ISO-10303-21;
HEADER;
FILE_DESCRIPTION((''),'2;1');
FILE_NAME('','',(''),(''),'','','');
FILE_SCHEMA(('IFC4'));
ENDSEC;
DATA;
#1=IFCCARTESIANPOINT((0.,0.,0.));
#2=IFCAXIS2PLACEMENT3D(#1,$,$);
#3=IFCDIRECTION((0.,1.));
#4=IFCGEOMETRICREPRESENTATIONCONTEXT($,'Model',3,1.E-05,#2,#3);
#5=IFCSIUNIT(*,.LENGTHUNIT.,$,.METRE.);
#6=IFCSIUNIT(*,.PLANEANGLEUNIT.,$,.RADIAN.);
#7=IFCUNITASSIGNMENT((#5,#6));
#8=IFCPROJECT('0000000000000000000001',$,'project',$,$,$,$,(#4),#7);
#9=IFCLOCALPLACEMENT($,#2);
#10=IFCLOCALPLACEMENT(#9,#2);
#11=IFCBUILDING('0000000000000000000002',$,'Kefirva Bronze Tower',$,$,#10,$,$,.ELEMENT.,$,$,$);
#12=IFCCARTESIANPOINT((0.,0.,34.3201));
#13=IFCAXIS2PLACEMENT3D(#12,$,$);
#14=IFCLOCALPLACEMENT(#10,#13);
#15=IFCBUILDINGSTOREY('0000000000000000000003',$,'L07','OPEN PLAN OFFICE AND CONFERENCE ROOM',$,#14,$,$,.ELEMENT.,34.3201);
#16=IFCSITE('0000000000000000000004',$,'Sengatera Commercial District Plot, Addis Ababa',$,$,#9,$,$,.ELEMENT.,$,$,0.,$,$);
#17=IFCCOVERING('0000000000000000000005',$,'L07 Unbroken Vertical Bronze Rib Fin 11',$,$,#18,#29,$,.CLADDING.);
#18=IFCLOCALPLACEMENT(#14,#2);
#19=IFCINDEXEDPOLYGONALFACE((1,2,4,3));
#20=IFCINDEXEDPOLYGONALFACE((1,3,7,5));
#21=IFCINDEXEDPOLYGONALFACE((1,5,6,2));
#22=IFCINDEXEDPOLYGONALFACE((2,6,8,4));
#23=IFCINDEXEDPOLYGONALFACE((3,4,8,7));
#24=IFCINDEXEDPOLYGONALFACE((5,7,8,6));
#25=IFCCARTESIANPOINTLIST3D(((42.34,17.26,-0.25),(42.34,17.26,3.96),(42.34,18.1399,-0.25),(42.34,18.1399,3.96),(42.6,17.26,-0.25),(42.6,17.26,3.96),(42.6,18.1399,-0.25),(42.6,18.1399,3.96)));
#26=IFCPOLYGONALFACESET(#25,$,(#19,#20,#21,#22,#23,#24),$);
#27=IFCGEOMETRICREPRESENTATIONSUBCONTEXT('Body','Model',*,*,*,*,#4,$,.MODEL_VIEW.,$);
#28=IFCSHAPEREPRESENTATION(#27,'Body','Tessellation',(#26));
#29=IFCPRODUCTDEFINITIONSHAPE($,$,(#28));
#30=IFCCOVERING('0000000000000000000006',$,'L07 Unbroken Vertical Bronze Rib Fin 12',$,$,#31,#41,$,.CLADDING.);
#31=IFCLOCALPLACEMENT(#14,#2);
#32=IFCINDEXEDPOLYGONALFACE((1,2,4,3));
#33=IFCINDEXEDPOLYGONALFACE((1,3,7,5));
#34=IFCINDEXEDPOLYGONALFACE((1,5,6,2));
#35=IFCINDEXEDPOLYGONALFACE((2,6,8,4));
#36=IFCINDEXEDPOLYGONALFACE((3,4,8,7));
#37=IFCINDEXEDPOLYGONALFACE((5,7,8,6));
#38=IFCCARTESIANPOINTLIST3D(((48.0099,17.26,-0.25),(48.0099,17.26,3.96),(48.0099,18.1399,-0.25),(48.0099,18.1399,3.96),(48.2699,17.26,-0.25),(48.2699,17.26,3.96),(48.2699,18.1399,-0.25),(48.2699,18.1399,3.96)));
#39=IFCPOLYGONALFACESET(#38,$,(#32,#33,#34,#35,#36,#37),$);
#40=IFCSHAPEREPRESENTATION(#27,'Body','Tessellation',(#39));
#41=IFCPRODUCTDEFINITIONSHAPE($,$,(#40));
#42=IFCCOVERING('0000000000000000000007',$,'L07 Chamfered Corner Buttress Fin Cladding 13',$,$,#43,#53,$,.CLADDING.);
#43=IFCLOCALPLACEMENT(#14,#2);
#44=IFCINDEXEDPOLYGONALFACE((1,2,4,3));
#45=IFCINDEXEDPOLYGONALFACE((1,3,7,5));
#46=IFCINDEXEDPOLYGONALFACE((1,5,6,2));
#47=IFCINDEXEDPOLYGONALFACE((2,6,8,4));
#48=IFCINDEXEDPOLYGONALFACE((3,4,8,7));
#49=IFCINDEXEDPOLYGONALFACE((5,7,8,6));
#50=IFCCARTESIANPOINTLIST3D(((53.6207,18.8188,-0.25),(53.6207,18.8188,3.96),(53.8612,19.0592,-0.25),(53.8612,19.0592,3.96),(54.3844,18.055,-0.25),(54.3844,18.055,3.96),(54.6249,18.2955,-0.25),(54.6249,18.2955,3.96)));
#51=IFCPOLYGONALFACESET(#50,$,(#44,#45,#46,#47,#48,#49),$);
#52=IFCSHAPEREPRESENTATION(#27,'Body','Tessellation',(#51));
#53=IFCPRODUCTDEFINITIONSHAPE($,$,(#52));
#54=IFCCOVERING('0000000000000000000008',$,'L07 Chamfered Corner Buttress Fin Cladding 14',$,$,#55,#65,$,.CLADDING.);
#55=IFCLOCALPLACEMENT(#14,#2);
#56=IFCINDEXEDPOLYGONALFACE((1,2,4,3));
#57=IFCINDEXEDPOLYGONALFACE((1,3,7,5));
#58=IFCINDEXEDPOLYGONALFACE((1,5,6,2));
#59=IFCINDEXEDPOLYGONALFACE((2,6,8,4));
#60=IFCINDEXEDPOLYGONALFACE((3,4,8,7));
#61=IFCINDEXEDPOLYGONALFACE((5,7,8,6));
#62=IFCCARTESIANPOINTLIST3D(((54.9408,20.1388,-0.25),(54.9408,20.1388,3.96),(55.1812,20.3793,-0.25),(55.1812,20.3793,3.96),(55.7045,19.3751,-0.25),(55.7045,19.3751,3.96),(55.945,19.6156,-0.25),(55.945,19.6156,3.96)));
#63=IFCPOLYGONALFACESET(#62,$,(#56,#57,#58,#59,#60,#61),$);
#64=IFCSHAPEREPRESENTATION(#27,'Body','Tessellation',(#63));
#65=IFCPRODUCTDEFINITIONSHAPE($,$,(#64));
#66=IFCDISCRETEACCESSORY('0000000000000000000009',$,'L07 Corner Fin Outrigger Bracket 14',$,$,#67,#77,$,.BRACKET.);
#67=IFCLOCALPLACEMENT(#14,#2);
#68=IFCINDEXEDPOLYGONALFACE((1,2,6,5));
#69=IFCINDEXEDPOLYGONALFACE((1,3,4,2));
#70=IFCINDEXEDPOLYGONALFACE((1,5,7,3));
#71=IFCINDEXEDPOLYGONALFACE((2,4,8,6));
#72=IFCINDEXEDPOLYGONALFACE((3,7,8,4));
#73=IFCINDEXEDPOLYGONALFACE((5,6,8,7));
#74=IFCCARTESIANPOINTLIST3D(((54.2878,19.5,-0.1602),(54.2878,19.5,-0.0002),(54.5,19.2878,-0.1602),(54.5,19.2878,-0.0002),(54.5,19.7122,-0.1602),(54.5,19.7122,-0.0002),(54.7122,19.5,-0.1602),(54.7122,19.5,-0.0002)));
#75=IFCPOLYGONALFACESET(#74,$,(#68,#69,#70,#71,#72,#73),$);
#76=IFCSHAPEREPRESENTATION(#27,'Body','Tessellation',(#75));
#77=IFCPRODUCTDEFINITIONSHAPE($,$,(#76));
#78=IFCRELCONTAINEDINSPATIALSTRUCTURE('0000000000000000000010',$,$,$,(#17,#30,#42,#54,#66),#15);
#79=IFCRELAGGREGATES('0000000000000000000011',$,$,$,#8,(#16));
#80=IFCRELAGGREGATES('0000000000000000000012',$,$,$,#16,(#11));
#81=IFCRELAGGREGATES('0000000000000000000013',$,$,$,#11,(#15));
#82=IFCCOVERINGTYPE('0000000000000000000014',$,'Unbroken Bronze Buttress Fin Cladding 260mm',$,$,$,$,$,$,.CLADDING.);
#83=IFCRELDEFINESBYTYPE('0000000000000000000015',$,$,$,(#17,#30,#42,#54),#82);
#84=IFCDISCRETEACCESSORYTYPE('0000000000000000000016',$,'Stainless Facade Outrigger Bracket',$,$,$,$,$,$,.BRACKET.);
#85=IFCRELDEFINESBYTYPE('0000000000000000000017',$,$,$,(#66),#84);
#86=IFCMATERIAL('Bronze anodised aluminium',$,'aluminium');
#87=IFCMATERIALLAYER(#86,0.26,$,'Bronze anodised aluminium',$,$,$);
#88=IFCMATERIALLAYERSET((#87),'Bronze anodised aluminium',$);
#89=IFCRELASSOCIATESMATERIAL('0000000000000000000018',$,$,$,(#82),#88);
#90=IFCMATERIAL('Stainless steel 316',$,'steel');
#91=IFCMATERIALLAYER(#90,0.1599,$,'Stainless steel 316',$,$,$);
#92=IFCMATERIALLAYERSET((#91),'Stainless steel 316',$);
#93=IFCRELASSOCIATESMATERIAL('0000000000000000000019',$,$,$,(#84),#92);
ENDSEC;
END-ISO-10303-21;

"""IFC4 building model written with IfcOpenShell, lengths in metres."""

from ifc_helpers import new_model, si_unit, direction, frame, origin, origin_2d, place, context, subcontext, project, spatial, rectangle, extrude, material, layer, layer_set, type_object, element, save


model = new_model("IFC4")

# Units and contexts
model_context = context("Model", 3, precision=1e-05, world=origin(), true_north=direction((0.0, 1.0)))
body_context = subcontext(model_context, "Body", "Model", "MODEL_VIEW")
ifc_project = project(units=[si_unit("LENGTHUNIT", "METRE"), si_unit("PLANEANGLEUNIT", "RADIAN")], contexts=[model_context])

# Site, building, storey
site_placement = place(None, origin())
site = spatial("IfcSite", under=ifc_project, at=site_placement, Name="Sengatera Commercial District Plot, Addis Ababa", CompositionType="ELEMENT", RefElevation=0.0)
building_placement = place(site_placement, origin())
building = spatial("IfcBuilding", under=site, at=building_placement, Name="Kefirva Bronze Tower", CompositionType="ELEMENT")
storey_placement = place(building_placement, frame((0.0, 0.0, 34.3201)))
storey = spatial("IfcBuildingStorey", under=building, at=storey_placement, Name="L07", Description="OPEN PLAN OFFICE AND CONFERENCE ROOM", CompositionType="ELEMENT", Elevation=34.3201)

# Shared definitions
ifc_material_1 = material(Name="Bronze anodised aluminium", Category="aluminium")

# Coverings
ifc_layer_1 = layer(ifc_material_1, 0.26, Name="Bronze anodised aluminium")
ifc_layer_set_1 = layer_set([ifc_layer_1], Name="Bronze anodised aluminium")
covering_type_1 = type_object("IfcCoveringType", Name="Unbroken Bronze Buttress Fin Cladding 260mm", PredefinedType="CLADDING", material=ifc_layer_set_1)
for number, where, z_axis, x_axis, name in (
    (1, (42.47, 17.7, -0.25), (0.0, 0.0, 1.0), (1.0, 0.0, 0.0), "L07 Unbroken Vertical Bronze Rib Fin 11"),
    (2, (48.1399, 17.7, -0.25), (0.0, 0.0, 1.0), (1.0, 0.0, 0.0), "L07 Unbroken Vertical Bronze Rib Fin 12"),
):
    element("IfcCovering", number, at=place(storey_placement, frame(where, z_axis=z_axis, x_axis=x_axis)), inside=storey, type_object=covering_type_1, Name=name, PredefinedType="CLADDING", context=body_context, shape_type="SweptSolid", body=[
        extrude(rectangle(XDim=0.26, YDim=0.8799, at=origin_2d()), origin(), (0.0, 0.0, 1.0), 4.21),
    ])
for number, where, z_axis, x_axis, name in (
    (3, (54.1228, 18.5571, -0.25), (0.0, 0.0, 1.0), (0.707107, 0.707107, 0.0), "L07 Chamfered Corner Buttress Fin Cladding 13"),
    (4, (55.4429, 19.8772, -0.25), (0.0, 0.0, 1.0), (0.707107, 0.707107, 0.0), "L07 Chamfered Corner Buttress Fin Cladding 14"),
):
    element("IfcCovering", number, at=place(storey_placement, frame(where, z_axis=z_axis, x_axis=x_axis)), inside=storey, type_object=covering_type_1, Name=name, PredefinedType="CLADDING", context=body_context, shape_type="SweptSolid", body=[
        extrude(rectangle(XDim=0.3401, YDim=1.0801, at=origin_2d()), origin(), (0.0, 0.0, 1.0), 4.21),
    ])

# Discrete accessory
ifc_material_2 = material(Name="Stainless steel 316", Category="steel")
ifc_layer_2 = layer(ifc_material_2, 0.1599, Name="Stainless steel 316")
ifc_layer_set_2 = layer_set([ifc_layer_2], Name="Stainless steel 316")
discrete_accessory_type = type_object("IfcDiscreteAccessoryType", Name="Stainless Facade Outrigger Bracket", PredefinedType="BRACKET", material=ifc_layer_set_2)
discrete_accessory_placement = place(storey_placement, frame((54.5, 19.5, -0.1602), z_axis=(0.0, 0.0, 1.0), x_axis=(0.707107, 0.707107, 0.0)))
element("IfcDiscreteAccessory", 5, at=discrete_accessory_placement, inside=storey, type_object=discrete_accessory_type, Name="L07 Corner Fin Outrigger Bracket 14", PredefinedType="BRACKET", context=body_context, shape_type="SweptSolid", body=[
    extrude(rectangle(XDim=0.3, YDim=0.3, at=origin_2d()), origin(), (0.0, 0.0, 1.0), 0.1599),
])

save(model, "model.ifc")
